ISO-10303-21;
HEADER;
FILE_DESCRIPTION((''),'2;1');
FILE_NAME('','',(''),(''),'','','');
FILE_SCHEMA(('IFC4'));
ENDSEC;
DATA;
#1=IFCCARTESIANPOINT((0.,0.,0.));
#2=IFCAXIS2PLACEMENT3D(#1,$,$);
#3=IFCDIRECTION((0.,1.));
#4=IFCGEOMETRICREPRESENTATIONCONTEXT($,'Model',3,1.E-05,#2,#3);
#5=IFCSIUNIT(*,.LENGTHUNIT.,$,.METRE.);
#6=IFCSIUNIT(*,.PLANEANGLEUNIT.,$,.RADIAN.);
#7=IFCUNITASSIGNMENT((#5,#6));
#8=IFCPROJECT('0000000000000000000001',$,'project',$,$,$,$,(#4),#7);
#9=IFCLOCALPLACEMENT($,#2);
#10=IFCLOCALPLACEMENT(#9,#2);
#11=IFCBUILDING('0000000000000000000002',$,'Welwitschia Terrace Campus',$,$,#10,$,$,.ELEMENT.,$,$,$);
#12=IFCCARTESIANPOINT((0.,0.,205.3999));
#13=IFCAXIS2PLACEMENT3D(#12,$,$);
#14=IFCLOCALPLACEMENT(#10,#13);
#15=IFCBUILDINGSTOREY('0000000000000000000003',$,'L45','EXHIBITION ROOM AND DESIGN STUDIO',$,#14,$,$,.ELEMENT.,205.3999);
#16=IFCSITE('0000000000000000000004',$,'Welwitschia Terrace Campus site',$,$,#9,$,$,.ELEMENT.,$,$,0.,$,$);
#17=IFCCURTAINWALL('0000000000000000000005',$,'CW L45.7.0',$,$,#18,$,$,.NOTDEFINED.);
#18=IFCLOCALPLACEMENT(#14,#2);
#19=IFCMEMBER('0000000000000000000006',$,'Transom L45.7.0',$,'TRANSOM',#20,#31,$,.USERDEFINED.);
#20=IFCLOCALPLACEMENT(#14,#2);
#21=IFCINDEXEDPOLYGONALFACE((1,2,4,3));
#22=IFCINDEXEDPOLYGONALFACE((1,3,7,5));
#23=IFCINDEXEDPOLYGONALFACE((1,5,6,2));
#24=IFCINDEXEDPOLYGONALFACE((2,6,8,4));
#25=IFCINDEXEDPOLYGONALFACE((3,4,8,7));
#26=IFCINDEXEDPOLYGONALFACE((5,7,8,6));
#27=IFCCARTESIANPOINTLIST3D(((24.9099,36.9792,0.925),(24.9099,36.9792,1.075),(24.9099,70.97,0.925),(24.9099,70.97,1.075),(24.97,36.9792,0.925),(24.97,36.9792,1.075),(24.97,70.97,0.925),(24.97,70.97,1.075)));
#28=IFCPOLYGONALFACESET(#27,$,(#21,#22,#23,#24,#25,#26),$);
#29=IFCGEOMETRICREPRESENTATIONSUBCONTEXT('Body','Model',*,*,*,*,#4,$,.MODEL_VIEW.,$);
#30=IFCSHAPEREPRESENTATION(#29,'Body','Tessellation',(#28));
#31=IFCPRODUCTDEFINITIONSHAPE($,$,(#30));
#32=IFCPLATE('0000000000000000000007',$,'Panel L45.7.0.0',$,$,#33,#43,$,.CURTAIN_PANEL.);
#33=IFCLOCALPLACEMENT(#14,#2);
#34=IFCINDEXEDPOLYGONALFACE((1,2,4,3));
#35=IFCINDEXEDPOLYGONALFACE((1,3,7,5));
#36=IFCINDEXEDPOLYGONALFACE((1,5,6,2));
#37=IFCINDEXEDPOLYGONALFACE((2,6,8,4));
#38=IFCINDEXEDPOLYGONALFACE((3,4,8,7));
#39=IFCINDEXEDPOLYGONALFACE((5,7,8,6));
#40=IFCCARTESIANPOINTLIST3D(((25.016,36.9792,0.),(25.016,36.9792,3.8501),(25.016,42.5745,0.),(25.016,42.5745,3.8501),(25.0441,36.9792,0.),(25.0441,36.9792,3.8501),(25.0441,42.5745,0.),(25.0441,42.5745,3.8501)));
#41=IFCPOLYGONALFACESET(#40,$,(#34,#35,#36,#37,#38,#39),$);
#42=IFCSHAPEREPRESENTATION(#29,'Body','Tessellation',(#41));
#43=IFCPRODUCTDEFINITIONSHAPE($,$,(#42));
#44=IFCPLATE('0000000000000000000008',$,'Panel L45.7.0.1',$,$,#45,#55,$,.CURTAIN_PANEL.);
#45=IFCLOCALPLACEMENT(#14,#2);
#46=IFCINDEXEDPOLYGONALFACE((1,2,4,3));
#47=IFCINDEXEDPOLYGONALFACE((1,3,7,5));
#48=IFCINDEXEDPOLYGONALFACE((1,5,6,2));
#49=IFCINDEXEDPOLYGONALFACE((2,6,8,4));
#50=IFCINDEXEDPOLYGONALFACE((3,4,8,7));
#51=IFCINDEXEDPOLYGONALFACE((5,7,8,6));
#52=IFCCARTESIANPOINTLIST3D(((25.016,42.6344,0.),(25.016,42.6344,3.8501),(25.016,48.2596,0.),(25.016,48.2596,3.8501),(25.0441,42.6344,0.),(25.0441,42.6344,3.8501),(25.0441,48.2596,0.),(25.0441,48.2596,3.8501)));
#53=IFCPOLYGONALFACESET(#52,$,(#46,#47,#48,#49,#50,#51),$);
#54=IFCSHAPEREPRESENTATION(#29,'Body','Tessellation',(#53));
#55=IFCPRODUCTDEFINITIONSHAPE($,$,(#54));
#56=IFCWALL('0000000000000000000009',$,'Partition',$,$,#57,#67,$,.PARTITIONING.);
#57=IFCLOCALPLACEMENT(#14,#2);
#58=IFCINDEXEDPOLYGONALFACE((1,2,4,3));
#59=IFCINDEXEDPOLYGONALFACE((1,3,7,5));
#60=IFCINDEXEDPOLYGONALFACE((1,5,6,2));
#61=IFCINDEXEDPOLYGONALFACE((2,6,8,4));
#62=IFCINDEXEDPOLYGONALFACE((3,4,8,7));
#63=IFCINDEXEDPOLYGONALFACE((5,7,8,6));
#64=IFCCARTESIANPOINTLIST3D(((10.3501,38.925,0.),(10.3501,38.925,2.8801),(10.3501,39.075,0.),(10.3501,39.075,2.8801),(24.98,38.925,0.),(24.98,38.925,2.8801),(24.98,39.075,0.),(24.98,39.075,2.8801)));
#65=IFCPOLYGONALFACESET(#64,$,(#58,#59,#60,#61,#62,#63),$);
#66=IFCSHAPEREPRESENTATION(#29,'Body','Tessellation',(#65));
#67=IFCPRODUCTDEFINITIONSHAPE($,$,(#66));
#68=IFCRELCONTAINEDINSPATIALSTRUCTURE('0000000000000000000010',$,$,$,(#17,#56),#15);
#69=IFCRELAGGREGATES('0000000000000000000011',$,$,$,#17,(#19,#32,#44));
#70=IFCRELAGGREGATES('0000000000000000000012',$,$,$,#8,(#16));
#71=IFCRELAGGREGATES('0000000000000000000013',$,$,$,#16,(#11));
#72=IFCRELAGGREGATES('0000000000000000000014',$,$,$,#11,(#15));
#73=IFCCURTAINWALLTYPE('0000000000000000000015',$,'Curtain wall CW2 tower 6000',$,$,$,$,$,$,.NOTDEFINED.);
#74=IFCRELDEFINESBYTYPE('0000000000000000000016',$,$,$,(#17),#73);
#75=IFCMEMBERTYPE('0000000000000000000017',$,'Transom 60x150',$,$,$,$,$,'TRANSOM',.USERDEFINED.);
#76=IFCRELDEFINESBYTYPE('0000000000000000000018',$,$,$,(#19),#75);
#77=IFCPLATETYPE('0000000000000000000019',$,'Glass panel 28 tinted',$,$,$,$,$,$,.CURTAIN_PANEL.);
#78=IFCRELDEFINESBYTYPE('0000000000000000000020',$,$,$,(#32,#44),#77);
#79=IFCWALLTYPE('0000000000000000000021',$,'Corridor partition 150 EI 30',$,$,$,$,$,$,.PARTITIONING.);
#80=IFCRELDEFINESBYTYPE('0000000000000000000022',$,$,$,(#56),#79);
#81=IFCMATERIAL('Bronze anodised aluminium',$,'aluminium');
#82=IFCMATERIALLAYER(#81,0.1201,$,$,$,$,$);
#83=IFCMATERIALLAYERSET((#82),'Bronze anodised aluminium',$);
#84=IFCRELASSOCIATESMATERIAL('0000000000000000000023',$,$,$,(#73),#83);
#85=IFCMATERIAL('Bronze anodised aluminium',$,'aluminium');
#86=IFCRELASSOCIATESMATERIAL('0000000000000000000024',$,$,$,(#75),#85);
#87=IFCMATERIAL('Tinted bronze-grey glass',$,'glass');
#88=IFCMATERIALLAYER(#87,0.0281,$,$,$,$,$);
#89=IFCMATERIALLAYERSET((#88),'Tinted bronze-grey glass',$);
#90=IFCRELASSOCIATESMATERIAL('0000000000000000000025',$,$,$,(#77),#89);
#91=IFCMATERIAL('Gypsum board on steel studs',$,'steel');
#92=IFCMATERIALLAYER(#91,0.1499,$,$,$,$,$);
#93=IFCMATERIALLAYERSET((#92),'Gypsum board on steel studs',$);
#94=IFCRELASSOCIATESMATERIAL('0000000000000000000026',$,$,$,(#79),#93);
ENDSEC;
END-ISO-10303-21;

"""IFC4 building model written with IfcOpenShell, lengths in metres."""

from ifc_helpers import new_model, si_unit, direction, frame, frame_2d, origin, origin_2d, place, context, subcontext, project, spatial, rectangle, extrude, material, layer, layer_set, material_profile, profile_set, type_object, element, aggregate, save


model = new_model("IFC4")

# Units and contexts
model_context = context("Model", 3, precision=1e-05, world=origin(), true_north=direction((0.0, 1.0)))
body_context = subcontext(model_context, "Body", "Model", "MODEL_VIEW")
ifc_project = project(units=[si_unit("LENGTHUNIT", "METRE"), si_unit("PLANEANGLEUNIT", "RADIAN")], contexts=[model_context])

# Site, building, storey
site_placement = place(None, origin())
site = spatial("IfcSite", under=ifc_project, at=site_placement, Name="Welwitschia Terrace Campus site", CompositionType="ELEMENT", RefElevation=0.0)
building_placement = place(site_placement, origin())
building = spatial("IfcBuilding", under=site, at=building_placement, Name="Welwitschia Terrace Campus", CompositionType="ELEMENT")
storey_placement = place(building_placement, frame((0.0, 0.0, 205.3999)))
storey = spatial("IfcBuildingStorey", under=building, at=storey_placement, Name="L45", Description="EXHIBITION ROOM AND DESIGN STUDIO", CompositionType="ELEMENT", Elevation=205.3999)

# Shared definitions
ifc_material_1 = material(Name="Bronze anodised aluminium", Category="aluminium")
ifc_layer_1 = layer(ifc_material_1, 0.1201)
ifc_layer_set_1 = layer_set([ifc_layer_1], Name="Bronze anodised aluminium")
curtain_wall_type = type_object("IfcCurtainWallType", Name="Curtain wall CW2 tower 6000", PredefinedType="NOTDEFINED", material=ifc_layer_set_1)

# Curtain wall
curtain_wall_1_placement = place(storey_placement, origin())
curtain_wall_1 = element("IfcCurtainWall", 1, at=curtain_wall_1_placement, inside=storey, type_object=curtain_wall_type, Name="CW L45.7.0", PredefinedType="NOTDEFINED")

# Member
ifc_material_2 = material(Name="Bronze anodised aluminium", Category="aluminium")
ifc_material_profile_1 = material_profile(ifc_material_2, rectangle(XDim=0.0601, YDim=0.1499, at=origin_2d()))
ifc_profile_set_1 = profile_set([ifc_material_profile_1], Name="Bronze anodised aluminium")
member_type_1 = type_object("IfcMemberType", Name="Transom 60x150", ElementType="TRANSOM", PredefinedType="USERDEFINED", material=ifc_profile_set_1)
member_1_placement = place(storey_placement, frame((24.9399, 36.9792, 1.0), z_axis=(0.0, 1.0, 0.0), x_axis=(-1.0, 0.0, 0.0)))
member_1 = element("IfcMember", 2, at=member_1_placement, type_object=member_type_1, Name="Transom L45.7.0", ObjectType="TRANSOM", PredefinedType="USERDEFINED", context=body_context, shape_type="SweptSolid", body=[
    extrude(rectangle(XDim=0.0601, YDim=0.1499, at=origin_2d()), origin(), (0.0, 0.0, 1.0), 33.9907),
])

# Plates
ifc_material_3 = material(Name="Tinted bronze-grey glass", Category="glass")
ifc_layer_2 = layer(ifc_material_3, 0.0281)
ifc_layer_set_2 = layer_set([ifc_layer_2], Name="Tinted bronze-grey glass")
plate_type = type_object("IfcPlateType", Name="Glass panel 28 tinted", PredefinedType="CURTAIN_PANEL", material=ifc_layer_set_2)
plate_1_placement = place(storey_placement, frame((25.03, 39.7769, 0.0), z_axis=(0.0, 0.0, 1.0), x_axis=(0.0, 1.0, 0.0)))
plate_1 = element("IfcPlate", 3, at=plate_1_placement, type_object=plate_type, Name="Panel L45.7.0.0", PredefinedType="CURTAIN_PANEL", context=body_context, shape_type="SweptSolid", body=[
    extrude(rectangle(XDim=5.5952, YDim=0.0281, at=origin_2d()), origin(), (0.0, 0.0, 1.0), 3.8501),
])
plate_2_placement = place(storey_placement, frame((25.03, 45.447, 0.0), z_axis=(0.0, 0.0, 1.0), x_axis=(0.0, 1.0, 0.0)))
plate_2 = element("IfcPlate", 4, at=plate_2_placement, type_object=plate_type, Name="Panel L45.7.0.1", PredefinedType="CURTAIN_PANEL", context=body_context, shape_type="SweptSolid", body=[
    extrude(rectangle(XDim=5.6252, YDim=0.0281, at=origin_2d()), origin(), (0.0, 0.0, 1.0), 3.8501),
])
aggregate(curtain_wall_1, [member_1, plate_1, plate_2])

# Wall
ifc_material_4 = material(Name="Gypsum board on steel studs", Category="steel")
ifc_layer_3 = layer(ifc_material_4, 0.1499)
ifc_layer_set_3 = layer_set([ifc_layer_3], Name="Gypsum board on steel studs")
wall_type = type_object("IfcWallType", Name="Corridor partition 150 EI 30", PredefinedType="PARTITIONING", material=ifc_layer_set_3)
wall_placement = place(storey_placement, frame((10.3501, 39.0, 0.0), z_axis=(0.0, 0.0, 1.0), x_axis=(1.0, 0.0, 0.0)))
element("IfcWall", 5, at=wall_placement, inside=storey, type_object=wall_type, Name="Partition", PredefinedType="PARTITIONING", context=body_context, shape_type="SweptSolid", body=[
    extrude(rectangle(XDim=14.6299, YDim=0.1499, at=frame_2d((7.3149, 0.0))), origin(), (0.0, 0.0, 1.0), 2.8801),
])

save(model, "model.ifc")
